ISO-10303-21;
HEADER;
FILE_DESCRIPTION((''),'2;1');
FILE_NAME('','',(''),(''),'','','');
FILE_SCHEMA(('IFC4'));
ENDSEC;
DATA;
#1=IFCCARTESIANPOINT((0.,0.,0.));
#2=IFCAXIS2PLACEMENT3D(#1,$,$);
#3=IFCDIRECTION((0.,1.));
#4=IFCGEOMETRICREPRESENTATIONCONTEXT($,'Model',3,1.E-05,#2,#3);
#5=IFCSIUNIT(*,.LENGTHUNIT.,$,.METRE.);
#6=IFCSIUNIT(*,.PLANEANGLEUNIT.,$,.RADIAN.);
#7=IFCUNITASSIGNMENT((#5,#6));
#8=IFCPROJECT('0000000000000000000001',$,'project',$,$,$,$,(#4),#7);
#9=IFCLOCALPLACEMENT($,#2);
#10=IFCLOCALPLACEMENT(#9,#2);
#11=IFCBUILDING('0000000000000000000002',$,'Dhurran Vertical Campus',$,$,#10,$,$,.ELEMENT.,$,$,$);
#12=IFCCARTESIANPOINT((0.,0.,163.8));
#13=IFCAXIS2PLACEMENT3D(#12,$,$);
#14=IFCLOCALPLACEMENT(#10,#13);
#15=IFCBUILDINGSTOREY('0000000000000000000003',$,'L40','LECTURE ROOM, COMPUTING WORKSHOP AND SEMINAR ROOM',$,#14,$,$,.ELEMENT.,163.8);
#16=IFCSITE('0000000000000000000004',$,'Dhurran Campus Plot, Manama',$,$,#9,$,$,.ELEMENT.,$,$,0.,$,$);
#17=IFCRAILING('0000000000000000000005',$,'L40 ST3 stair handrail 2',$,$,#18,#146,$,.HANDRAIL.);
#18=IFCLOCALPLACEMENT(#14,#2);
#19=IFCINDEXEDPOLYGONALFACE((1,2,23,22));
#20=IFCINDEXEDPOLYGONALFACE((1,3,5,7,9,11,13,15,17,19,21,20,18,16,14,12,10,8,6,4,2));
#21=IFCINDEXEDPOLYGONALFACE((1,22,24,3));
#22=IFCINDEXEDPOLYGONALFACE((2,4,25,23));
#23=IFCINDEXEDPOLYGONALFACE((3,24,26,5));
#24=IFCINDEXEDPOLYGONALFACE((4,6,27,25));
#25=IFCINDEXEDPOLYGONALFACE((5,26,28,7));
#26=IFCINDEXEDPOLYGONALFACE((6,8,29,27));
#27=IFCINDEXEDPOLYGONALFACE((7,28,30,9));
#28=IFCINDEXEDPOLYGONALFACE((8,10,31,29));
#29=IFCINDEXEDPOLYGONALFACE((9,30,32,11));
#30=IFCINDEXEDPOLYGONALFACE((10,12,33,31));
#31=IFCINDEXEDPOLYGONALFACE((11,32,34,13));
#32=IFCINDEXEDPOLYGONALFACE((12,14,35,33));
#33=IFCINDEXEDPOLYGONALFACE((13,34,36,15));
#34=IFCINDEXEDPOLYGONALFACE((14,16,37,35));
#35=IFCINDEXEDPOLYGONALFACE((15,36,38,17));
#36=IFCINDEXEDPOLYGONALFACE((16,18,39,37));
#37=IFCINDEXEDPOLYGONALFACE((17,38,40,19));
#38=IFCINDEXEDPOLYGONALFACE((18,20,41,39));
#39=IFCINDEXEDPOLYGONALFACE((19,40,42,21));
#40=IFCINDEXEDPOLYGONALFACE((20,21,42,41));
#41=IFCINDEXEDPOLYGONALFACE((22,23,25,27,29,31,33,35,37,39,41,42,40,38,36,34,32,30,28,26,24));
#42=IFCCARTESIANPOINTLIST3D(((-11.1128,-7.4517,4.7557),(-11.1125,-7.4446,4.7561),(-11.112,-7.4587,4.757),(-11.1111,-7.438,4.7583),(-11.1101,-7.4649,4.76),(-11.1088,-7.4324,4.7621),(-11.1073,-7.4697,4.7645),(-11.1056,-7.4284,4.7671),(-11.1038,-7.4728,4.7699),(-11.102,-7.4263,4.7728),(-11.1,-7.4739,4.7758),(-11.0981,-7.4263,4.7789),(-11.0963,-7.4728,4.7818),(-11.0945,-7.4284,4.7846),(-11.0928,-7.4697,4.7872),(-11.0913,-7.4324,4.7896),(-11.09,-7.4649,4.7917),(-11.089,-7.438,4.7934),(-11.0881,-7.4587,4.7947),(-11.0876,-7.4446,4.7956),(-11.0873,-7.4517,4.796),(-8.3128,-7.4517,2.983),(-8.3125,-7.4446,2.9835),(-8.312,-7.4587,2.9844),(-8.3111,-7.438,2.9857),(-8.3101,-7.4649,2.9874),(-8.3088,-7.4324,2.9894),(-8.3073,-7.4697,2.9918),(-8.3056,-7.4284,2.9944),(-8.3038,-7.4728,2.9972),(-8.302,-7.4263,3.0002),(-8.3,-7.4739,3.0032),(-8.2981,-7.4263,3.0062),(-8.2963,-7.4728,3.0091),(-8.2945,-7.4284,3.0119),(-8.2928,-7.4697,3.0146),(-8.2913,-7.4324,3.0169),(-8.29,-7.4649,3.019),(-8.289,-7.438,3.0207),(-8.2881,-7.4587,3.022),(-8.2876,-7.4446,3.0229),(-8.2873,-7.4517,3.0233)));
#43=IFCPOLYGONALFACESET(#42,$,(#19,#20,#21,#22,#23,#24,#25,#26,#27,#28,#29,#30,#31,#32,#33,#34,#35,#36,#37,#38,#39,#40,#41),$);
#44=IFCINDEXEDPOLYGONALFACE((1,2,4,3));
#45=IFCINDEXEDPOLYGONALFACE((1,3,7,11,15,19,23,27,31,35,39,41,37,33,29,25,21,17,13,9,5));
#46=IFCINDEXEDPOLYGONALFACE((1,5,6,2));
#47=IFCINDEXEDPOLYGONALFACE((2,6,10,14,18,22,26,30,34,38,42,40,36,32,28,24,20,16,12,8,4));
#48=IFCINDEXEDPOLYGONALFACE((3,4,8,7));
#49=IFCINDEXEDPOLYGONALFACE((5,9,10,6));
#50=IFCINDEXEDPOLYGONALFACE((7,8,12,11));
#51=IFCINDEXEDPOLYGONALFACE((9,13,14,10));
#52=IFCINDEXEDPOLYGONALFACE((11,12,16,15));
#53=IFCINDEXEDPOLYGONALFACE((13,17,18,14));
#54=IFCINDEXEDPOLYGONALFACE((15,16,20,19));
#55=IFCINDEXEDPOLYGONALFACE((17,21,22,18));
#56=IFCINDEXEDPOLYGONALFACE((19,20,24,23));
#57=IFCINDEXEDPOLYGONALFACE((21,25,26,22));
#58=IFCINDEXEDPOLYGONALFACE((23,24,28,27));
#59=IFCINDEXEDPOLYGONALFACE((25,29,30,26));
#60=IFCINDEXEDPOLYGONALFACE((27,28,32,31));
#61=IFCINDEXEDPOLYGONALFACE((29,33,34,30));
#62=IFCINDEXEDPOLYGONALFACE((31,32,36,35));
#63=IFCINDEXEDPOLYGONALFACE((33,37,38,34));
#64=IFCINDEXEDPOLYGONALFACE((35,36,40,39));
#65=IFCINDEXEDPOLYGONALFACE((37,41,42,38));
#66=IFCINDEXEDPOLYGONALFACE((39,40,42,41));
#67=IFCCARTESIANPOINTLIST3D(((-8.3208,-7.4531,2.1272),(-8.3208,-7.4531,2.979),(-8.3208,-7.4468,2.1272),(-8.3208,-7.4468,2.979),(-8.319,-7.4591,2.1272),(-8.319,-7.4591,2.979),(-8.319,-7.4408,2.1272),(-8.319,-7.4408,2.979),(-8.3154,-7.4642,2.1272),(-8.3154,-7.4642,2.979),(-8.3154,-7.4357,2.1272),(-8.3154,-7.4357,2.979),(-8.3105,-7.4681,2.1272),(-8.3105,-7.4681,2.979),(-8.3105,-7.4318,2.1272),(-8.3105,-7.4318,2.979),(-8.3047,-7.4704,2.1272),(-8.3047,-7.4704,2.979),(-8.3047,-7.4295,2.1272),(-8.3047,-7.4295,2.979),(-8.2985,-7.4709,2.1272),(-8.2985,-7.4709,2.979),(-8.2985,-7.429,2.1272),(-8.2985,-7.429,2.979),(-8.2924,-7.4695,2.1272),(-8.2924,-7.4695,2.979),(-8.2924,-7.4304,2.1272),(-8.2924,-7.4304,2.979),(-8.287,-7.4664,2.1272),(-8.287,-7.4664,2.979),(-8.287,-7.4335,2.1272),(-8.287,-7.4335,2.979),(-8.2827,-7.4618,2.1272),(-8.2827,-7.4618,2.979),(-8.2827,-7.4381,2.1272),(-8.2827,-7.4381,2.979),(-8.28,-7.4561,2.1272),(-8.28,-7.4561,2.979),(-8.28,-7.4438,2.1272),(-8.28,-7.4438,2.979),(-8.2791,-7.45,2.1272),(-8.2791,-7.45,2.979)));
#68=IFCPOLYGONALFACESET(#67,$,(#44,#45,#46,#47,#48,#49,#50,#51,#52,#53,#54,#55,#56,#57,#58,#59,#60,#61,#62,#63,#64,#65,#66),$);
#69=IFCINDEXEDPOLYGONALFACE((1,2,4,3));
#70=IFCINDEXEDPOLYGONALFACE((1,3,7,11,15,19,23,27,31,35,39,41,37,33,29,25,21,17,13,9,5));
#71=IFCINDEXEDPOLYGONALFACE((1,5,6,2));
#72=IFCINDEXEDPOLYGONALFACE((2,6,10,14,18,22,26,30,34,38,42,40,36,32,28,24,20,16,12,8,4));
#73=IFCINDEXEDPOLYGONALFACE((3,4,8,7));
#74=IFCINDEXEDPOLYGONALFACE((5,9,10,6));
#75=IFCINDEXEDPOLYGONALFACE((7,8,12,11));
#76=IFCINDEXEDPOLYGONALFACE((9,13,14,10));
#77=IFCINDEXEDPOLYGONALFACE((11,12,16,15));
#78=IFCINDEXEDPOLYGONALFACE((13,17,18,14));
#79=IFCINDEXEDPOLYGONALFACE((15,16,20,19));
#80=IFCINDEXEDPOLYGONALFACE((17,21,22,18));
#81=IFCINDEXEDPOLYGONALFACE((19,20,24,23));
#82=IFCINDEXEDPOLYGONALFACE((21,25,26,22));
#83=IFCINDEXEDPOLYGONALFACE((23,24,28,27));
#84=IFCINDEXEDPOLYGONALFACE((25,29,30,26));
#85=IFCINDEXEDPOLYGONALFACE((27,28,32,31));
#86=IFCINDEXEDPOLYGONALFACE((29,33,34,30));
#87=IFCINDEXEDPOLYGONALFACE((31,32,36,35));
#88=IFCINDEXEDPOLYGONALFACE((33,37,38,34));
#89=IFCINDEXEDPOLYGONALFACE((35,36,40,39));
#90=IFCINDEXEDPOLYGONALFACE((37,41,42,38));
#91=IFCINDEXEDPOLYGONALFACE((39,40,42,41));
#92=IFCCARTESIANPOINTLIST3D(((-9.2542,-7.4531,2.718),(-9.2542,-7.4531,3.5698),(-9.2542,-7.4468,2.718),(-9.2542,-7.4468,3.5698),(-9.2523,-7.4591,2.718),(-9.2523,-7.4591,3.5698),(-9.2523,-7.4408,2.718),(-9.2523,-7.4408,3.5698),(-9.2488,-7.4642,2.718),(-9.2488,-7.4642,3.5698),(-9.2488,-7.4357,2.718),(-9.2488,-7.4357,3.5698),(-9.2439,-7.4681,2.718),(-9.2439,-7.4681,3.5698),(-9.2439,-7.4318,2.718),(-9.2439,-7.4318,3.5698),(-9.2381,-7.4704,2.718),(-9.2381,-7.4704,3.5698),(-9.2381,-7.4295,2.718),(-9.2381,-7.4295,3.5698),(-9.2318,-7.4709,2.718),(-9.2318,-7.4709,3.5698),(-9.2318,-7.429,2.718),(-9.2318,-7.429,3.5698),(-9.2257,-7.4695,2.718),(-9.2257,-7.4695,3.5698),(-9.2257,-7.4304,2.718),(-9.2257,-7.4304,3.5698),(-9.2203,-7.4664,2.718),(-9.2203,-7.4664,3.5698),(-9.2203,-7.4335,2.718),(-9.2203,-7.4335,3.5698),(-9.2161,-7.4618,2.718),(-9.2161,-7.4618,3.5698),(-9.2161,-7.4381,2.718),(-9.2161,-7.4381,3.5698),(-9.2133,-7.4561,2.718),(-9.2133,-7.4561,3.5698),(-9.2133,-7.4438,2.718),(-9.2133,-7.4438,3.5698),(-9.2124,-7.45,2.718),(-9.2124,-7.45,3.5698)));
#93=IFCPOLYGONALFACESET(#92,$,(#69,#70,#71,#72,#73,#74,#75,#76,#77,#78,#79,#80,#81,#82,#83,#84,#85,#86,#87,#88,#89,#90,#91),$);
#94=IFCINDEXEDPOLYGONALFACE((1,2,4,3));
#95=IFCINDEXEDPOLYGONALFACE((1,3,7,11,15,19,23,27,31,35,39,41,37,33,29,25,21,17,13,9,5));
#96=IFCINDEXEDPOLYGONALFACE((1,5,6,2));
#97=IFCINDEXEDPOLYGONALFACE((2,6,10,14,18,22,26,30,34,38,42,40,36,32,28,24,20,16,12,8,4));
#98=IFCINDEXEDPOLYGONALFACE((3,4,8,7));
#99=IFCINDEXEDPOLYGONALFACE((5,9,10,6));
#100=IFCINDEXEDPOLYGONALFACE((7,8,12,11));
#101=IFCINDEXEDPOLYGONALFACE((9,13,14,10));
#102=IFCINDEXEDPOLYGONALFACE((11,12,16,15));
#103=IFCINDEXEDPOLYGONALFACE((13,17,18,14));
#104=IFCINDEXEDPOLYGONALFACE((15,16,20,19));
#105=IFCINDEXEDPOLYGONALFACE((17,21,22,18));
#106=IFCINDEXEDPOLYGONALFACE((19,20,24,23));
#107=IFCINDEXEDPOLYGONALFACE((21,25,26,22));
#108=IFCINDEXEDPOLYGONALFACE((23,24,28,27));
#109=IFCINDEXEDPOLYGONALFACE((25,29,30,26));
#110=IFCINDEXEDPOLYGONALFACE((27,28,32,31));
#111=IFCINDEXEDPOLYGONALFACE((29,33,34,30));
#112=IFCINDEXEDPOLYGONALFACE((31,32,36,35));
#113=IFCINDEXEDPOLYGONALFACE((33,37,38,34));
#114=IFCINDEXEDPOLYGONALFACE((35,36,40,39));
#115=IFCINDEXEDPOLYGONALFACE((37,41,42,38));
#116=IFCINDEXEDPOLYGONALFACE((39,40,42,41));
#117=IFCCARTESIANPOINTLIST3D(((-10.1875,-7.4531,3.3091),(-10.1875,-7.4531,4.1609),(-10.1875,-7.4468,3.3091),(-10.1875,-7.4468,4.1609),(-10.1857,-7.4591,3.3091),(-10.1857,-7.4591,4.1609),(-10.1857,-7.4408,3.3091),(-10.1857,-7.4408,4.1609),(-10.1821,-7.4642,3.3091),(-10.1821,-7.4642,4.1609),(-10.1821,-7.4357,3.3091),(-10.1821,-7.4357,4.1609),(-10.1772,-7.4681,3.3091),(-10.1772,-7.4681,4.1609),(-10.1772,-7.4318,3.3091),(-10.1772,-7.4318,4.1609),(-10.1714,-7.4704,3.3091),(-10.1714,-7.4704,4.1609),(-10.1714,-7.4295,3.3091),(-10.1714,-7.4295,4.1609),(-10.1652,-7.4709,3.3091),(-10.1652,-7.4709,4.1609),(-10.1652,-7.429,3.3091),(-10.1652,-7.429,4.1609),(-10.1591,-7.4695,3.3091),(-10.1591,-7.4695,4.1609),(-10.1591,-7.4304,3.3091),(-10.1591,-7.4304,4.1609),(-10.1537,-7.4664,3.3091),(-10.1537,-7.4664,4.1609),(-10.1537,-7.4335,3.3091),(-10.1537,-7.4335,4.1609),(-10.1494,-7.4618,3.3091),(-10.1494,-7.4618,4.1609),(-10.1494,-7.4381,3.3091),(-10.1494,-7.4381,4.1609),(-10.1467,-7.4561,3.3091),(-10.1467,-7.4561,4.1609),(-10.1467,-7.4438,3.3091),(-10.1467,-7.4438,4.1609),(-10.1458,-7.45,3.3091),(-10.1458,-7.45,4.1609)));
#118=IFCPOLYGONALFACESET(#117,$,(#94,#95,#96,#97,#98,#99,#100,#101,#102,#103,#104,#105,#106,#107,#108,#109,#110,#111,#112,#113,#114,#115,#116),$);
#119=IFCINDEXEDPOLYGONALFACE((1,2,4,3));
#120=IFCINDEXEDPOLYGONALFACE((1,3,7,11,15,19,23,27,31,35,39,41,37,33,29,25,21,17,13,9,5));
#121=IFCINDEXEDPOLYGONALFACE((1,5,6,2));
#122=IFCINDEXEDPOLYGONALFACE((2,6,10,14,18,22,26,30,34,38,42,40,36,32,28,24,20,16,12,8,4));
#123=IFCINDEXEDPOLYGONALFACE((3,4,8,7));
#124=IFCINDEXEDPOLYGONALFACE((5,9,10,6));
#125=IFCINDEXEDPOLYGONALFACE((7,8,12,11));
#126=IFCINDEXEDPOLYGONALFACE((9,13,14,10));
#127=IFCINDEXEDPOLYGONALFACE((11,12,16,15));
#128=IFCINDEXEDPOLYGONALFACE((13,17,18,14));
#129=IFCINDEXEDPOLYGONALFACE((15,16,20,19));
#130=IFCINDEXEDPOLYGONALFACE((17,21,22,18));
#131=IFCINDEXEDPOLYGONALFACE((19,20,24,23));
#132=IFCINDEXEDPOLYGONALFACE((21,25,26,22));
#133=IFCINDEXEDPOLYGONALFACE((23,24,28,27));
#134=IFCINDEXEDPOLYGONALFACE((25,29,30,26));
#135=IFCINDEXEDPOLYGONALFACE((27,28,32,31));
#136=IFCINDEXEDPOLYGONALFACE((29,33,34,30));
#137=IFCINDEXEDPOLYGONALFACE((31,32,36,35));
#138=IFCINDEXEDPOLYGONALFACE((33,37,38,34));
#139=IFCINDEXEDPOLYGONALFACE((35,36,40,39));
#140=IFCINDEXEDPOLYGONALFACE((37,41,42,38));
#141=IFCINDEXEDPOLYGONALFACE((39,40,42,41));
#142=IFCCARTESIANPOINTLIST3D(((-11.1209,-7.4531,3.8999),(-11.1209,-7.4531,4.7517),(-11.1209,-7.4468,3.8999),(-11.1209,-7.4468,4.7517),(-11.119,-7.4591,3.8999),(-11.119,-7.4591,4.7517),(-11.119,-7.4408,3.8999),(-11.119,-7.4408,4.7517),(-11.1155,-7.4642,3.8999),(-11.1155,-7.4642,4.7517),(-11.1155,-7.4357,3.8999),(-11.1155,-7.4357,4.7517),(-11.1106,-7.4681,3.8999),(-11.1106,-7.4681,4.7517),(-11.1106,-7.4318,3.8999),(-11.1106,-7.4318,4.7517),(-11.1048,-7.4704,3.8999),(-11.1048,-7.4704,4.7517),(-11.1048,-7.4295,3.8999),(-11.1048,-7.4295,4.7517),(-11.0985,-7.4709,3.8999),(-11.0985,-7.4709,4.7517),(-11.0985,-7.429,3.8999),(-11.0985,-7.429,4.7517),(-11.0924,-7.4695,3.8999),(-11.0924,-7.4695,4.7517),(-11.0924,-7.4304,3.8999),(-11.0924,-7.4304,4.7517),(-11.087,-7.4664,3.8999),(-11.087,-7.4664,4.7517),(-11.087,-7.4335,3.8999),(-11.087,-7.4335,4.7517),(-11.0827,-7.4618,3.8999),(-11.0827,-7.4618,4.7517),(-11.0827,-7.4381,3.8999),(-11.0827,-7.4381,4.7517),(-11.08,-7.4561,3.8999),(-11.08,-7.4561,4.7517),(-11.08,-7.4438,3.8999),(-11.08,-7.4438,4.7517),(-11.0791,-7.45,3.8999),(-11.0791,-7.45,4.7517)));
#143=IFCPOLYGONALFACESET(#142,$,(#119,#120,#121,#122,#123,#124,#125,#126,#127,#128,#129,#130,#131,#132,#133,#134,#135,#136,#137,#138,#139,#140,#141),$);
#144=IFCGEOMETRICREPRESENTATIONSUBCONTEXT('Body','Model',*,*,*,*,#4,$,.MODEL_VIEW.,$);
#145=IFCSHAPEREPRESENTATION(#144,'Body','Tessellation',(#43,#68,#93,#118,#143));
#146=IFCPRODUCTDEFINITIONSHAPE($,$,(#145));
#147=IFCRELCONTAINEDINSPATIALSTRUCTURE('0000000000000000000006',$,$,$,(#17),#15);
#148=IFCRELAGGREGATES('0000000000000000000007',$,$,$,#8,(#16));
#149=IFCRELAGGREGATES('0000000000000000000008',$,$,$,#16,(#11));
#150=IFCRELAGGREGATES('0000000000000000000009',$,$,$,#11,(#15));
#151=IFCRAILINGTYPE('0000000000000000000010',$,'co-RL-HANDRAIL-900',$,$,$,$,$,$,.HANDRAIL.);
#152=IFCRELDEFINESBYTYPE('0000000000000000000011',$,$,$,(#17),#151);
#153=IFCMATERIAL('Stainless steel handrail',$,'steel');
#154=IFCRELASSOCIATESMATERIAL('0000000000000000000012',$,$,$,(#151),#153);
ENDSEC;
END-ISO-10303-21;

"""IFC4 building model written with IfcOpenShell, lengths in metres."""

from ifc_helpers import new_model, si_unit, direction, frame, origin, origin_2d, place, context, subcontext, project, spatial, circle, extrude, material, type_object, element, save


model = new_model("IFC4")

# Units and contexts
model_context = context("Model", 3, precision=1e-05, world=origin(), true_north=direction((0.0, 1.0)))
body_context = subcontext(model_context, "Body", "Model", "MODEL_VIEW")
ifc_project = project(units=[si_unit("LENGTHUNIT", "METRE"), si_unit("PLANEANGLEUNIT", "RADIAN")], contexts=[model_context])

# Site, building, storey
site_placement = place(None, origin())
site = spatial("IfcSite", under=ifc_project, at=site_placement, Name="Dhurran Campus Plot, Manama", CompositionType="ELEMENT", RefElevation=0.0)
building_placement = place(site_placement, origin())
building = spatial("IfcBuilding", under=site, at=building_placement, Name="Dhurran Vertical Campus", CompositionType="ELEMENT")
storey_placement = place(building_placement, frame((0.0, 0.0, 163.8)))
storey = spatial("IfcBuildingStorey", under=building, at=storey_placement, Name="L40", Description="LECTURE ROOM, COMPUTING WORKSHOP AND SEMINAR ROOM", CompositionType="ELEMENT", Elevation=163.8)

# Railing
ifc_material_1 = material(Name="Stainless steel handrail", Category="steel")
railing_type_1 = type_object("IfcRailingType", Name="co-RL-HANDRAIL-900", PredefinedType="HANDRAIL", material=ifc_material_1)
railing_1_placement = place(storey_placement, frame((-8.3, -7.45, 2.1272)))
element("IfcRailing", 1, at=railing_1_placement, inside=storey, type_object=railing_type_1, Name="L40 ST3 stair handrail 2", PredefinedType="HANDRAIL", context=body_context, shape_type="SweptSolid", body=[
    extrude(circle(Radius=0.0239, at=origin_2d()), frame((0.0, 0.0, 0.876), z_axis=(-0.844909, 0.0, 0.53491), x_axis=(0.0, -1.0, 0.0)), (0.0, 0.0, 1.0), 3.314),
    extrude(circle(Radius=0.021, at=origin_2d()), origin(), (0.0, 0.0, 1.0), 0.8518),
    extrude(circle(Radius=0.021, at=origin_2d()), frame((-0.9333, 0.0, 0.5908)), (0.0, 0.0, 1.0), 0.8518),
    extrude(circle(Radius=0.021, at=origin_2d()), frame((-1.8667, 0.0, 1.1819)), (0.0, 0.0, 1.0), 0.8518),
    extrude(circle(Radius=0.021, at=origin_2d()), frame((-2.8, 0.0, 1.7727)), (0.0, 0.0, 1.0), 0.8518),
])

save(model, "model.ifc")
